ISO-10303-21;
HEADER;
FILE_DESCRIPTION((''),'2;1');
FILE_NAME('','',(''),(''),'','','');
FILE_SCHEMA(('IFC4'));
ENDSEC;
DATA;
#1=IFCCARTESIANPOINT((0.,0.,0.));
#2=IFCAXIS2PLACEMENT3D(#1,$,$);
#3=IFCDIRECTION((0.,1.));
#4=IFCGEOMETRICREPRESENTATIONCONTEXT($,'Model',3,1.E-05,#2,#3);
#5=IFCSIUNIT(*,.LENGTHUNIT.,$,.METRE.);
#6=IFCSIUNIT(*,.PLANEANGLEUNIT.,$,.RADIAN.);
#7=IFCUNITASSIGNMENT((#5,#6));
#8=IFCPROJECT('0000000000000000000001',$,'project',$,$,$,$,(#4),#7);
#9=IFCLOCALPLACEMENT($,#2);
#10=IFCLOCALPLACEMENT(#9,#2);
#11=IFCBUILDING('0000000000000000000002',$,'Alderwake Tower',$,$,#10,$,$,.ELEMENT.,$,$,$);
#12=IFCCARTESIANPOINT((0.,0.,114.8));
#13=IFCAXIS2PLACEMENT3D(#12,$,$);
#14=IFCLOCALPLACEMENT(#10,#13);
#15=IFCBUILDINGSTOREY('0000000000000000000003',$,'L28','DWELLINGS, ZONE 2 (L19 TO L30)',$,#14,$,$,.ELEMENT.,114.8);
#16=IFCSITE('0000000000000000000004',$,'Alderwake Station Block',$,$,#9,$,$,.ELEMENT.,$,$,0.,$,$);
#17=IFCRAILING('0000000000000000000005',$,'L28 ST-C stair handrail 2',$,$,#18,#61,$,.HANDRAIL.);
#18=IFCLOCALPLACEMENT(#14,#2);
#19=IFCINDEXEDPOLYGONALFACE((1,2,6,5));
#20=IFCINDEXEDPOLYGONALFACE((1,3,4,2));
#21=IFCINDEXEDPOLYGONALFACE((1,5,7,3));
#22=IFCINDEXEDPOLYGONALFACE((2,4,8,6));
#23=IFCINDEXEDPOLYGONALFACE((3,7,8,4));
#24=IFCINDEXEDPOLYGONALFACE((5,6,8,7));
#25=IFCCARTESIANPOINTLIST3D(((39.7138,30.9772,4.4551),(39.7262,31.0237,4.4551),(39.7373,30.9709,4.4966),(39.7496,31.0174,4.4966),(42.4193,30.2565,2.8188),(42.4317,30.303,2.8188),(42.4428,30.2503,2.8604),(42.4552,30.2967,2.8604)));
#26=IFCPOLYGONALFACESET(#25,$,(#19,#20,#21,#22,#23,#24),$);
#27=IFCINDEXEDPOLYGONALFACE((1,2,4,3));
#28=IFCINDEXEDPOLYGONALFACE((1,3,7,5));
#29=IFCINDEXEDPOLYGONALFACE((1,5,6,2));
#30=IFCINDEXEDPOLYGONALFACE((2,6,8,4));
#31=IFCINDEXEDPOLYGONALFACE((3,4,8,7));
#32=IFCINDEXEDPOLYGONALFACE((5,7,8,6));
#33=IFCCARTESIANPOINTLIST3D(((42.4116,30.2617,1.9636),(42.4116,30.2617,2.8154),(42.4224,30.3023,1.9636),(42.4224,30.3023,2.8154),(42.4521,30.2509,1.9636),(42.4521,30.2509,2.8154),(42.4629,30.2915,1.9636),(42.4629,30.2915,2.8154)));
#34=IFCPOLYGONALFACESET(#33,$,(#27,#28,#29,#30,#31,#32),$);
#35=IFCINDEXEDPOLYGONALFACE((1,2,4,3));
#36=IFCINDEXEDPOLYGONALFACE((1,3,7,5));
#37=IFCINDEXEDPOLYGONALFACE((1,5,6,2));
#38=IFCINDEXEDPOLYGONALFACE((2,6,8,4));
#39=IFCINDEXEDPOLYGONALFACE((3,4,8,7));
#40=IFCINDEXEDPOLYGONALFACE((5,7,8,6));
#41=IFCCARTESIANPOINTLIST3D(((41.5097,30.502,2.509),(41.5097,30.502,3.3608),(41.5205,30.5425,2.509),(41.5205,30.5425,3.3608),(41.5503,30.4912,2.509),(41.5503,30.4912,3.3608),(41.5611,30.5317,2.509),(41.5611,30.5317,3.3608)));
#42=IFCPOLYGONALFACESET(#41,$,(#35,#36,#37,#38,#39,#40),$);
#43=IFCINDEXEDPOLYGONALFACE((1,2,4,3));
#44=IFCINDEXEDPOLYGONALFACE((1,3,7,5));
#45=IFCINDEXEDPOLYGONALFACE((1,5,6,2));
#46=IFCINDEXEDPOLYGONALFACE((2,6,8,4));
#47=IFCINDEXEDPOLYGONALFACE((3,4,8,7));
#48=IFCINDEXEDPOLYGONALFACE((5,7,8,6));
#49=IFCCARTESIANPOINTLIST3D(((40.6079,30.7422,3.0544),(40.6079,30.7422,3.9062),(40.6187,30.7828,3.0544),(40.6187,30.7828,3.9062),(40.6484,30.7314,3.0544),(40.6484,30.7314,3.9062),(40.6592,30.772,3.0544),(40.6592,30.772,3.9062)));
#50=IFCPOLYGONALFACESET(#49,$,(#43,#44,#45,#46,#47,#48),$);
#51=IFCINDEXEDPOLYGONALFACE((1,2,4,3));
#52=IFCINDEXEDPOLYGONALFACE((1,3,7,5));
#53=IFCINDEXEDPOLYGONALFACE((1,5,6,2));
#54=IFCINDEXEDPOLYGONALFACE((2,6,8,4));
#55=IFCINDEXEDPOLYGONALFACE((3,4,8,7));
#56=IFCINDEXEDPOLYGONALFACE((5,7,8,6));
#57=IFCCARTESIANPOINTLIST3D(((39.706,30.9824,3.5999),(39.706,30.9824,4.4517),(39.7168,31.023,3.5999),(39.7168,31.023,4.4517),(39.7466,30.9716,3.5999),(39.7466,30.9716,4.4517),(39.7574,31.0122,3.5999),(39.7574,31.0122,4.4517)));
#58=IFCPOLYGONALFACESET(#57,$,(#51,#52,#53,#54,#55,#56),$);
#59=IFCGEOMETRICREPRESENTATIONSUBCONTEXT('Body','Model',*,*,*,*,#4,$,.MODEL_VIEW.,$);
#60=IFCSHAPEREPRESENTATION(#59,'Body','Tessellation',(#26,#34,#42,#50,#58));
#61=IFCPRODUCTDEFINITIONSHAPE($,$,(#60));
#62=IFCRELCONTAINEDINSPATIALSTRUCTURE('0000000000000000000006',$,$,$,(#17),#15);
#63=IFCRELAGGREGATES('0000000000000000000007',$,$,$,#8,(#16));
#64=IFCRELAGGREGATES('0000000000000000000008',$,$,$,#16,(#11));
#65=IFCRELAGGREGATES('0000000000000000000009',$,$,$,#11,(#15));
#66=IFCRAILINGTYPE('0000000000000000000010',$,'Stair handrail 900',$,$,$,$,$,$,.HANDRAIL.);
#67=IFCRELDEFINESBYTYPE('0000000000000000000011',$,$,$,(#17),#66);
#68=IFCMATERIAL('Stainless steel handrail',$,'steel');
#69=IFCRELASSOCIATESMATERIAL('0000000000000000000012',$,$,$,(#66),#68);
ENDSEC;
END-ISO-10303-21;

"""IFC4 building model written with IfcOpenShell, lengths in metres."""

from ifc_helpers import new_model, si_unit, direction, frame, origin, origin_2d, place, context, subcontext, project, spatial, rectangle, extrude, material, type_object, element, save


model = new_model("IFC4")

# Units and contexts
model_context = context("Model", 3, precision=1e-05, world=origin(), true_north=direction((0.0, 1.0)))
body_context = subcontext(model_context, "Body", "Model", "MODEL_VIEW")
ifc_project = project(units=[si_unit("LENGTHUNIT", "METRE"), si_unit("PLANEANGLEUNIT", "RADIAN")], contexts=[model_context])

# Site, building, storey
site_placement = place(None, origin())
site = spatial("IfcSite", under=ifc_project, at=site_placement, Name="Alderwake Station Block", CompositionType="ELEMENT", RefElevation=0.0)
building_placement = place(site_placement, origin())
building = spatial("IfcBuilding", under=site, at=building_placement, Name="Alderwake Tower", CompositionType="ELEMENT")
storey_placement = place(building_placement, frame((0.0, 0.0, 114.8)))
storey = spatial("IfcBuildingStorey", under=building, at=storey_placement, Name="L28", Description="DWELLINGS, ZONE 2 (L19 TO L30)", CompositionType="ELEMENT", Elevation=114.8)

# Railing
ifc_material_1 = material(Name="Stainless steel handrail", Category="steel")
railing_type_1 = type_object("IfcRailingType", Name="Stair handrail 900", PredefinedType="HANDRAIL", material=ifc_material_1)
railing_1_placement = place(storey_placement, frame((42.4373, 30.2766, 1.9636)))
element("IfcRailing", 1, at=railing_1_placement, inside=storey, type_object=railing_type_1, Name="L28 ST-C stair handrail 2", PredefinedType="HANDRAIL", context=body_context, shape_type="SweptSolid", body=[
    extrude(rectangle(XDim=0.0481, YDim=0.0481, at=origin_2d()), frame((0.0, 0.0, 0.876), z_axis=(-0.834291, 0.222237, 0.504549), x_axis=(-0.257402, -0.966304, 0.0)), (0.0, 0.0, 1.0), 3.2429),
    extrude(rectangle(XDim=0.042, YDim=0.042, at=origin_2d()), frame((0.0, 0.0, 0.0), z_axis=(0.0, 0.0, 1.0), x_axis=(-0.966304, 0.257402, 0.0)), (0.0, 0.0, 1.0), 0.8518),
    extrude(rectangle(XDim=0.042, YDim=0.042, at=origin_2d()), frame((-0.9019, 0.2402, 0.5454), z_axis=(0.0, 0.0, 1.0), x_axis=(-0.966304, 0.257402, 0.0)), (0.0, 0.0, 1.0), 0.8518),
    extrude(rectangle(XDim=0.042, YDim=0.042, at=origin_2d()), frame((-1.8037, 0.4805, 1.0908), z_axis=(0.0, 0.0, 1.0), x_axis=(-0.966304, 0.257402, 0.0)), (0.0, 0.0, 1.0), 0.8518),
    extrude(rectangle(XDim=0.042, YDim=0.042, at=origin_2d()), frame((-2.7056, 0.7207, 1.6362), z_axis=(0.0, 0.0, 1.0), x_axis=(-0.966304, 0.257402, 0.0)), (0.0, 0.0, 1.0), 0.8518),
])

save(model, "model.ifc")
